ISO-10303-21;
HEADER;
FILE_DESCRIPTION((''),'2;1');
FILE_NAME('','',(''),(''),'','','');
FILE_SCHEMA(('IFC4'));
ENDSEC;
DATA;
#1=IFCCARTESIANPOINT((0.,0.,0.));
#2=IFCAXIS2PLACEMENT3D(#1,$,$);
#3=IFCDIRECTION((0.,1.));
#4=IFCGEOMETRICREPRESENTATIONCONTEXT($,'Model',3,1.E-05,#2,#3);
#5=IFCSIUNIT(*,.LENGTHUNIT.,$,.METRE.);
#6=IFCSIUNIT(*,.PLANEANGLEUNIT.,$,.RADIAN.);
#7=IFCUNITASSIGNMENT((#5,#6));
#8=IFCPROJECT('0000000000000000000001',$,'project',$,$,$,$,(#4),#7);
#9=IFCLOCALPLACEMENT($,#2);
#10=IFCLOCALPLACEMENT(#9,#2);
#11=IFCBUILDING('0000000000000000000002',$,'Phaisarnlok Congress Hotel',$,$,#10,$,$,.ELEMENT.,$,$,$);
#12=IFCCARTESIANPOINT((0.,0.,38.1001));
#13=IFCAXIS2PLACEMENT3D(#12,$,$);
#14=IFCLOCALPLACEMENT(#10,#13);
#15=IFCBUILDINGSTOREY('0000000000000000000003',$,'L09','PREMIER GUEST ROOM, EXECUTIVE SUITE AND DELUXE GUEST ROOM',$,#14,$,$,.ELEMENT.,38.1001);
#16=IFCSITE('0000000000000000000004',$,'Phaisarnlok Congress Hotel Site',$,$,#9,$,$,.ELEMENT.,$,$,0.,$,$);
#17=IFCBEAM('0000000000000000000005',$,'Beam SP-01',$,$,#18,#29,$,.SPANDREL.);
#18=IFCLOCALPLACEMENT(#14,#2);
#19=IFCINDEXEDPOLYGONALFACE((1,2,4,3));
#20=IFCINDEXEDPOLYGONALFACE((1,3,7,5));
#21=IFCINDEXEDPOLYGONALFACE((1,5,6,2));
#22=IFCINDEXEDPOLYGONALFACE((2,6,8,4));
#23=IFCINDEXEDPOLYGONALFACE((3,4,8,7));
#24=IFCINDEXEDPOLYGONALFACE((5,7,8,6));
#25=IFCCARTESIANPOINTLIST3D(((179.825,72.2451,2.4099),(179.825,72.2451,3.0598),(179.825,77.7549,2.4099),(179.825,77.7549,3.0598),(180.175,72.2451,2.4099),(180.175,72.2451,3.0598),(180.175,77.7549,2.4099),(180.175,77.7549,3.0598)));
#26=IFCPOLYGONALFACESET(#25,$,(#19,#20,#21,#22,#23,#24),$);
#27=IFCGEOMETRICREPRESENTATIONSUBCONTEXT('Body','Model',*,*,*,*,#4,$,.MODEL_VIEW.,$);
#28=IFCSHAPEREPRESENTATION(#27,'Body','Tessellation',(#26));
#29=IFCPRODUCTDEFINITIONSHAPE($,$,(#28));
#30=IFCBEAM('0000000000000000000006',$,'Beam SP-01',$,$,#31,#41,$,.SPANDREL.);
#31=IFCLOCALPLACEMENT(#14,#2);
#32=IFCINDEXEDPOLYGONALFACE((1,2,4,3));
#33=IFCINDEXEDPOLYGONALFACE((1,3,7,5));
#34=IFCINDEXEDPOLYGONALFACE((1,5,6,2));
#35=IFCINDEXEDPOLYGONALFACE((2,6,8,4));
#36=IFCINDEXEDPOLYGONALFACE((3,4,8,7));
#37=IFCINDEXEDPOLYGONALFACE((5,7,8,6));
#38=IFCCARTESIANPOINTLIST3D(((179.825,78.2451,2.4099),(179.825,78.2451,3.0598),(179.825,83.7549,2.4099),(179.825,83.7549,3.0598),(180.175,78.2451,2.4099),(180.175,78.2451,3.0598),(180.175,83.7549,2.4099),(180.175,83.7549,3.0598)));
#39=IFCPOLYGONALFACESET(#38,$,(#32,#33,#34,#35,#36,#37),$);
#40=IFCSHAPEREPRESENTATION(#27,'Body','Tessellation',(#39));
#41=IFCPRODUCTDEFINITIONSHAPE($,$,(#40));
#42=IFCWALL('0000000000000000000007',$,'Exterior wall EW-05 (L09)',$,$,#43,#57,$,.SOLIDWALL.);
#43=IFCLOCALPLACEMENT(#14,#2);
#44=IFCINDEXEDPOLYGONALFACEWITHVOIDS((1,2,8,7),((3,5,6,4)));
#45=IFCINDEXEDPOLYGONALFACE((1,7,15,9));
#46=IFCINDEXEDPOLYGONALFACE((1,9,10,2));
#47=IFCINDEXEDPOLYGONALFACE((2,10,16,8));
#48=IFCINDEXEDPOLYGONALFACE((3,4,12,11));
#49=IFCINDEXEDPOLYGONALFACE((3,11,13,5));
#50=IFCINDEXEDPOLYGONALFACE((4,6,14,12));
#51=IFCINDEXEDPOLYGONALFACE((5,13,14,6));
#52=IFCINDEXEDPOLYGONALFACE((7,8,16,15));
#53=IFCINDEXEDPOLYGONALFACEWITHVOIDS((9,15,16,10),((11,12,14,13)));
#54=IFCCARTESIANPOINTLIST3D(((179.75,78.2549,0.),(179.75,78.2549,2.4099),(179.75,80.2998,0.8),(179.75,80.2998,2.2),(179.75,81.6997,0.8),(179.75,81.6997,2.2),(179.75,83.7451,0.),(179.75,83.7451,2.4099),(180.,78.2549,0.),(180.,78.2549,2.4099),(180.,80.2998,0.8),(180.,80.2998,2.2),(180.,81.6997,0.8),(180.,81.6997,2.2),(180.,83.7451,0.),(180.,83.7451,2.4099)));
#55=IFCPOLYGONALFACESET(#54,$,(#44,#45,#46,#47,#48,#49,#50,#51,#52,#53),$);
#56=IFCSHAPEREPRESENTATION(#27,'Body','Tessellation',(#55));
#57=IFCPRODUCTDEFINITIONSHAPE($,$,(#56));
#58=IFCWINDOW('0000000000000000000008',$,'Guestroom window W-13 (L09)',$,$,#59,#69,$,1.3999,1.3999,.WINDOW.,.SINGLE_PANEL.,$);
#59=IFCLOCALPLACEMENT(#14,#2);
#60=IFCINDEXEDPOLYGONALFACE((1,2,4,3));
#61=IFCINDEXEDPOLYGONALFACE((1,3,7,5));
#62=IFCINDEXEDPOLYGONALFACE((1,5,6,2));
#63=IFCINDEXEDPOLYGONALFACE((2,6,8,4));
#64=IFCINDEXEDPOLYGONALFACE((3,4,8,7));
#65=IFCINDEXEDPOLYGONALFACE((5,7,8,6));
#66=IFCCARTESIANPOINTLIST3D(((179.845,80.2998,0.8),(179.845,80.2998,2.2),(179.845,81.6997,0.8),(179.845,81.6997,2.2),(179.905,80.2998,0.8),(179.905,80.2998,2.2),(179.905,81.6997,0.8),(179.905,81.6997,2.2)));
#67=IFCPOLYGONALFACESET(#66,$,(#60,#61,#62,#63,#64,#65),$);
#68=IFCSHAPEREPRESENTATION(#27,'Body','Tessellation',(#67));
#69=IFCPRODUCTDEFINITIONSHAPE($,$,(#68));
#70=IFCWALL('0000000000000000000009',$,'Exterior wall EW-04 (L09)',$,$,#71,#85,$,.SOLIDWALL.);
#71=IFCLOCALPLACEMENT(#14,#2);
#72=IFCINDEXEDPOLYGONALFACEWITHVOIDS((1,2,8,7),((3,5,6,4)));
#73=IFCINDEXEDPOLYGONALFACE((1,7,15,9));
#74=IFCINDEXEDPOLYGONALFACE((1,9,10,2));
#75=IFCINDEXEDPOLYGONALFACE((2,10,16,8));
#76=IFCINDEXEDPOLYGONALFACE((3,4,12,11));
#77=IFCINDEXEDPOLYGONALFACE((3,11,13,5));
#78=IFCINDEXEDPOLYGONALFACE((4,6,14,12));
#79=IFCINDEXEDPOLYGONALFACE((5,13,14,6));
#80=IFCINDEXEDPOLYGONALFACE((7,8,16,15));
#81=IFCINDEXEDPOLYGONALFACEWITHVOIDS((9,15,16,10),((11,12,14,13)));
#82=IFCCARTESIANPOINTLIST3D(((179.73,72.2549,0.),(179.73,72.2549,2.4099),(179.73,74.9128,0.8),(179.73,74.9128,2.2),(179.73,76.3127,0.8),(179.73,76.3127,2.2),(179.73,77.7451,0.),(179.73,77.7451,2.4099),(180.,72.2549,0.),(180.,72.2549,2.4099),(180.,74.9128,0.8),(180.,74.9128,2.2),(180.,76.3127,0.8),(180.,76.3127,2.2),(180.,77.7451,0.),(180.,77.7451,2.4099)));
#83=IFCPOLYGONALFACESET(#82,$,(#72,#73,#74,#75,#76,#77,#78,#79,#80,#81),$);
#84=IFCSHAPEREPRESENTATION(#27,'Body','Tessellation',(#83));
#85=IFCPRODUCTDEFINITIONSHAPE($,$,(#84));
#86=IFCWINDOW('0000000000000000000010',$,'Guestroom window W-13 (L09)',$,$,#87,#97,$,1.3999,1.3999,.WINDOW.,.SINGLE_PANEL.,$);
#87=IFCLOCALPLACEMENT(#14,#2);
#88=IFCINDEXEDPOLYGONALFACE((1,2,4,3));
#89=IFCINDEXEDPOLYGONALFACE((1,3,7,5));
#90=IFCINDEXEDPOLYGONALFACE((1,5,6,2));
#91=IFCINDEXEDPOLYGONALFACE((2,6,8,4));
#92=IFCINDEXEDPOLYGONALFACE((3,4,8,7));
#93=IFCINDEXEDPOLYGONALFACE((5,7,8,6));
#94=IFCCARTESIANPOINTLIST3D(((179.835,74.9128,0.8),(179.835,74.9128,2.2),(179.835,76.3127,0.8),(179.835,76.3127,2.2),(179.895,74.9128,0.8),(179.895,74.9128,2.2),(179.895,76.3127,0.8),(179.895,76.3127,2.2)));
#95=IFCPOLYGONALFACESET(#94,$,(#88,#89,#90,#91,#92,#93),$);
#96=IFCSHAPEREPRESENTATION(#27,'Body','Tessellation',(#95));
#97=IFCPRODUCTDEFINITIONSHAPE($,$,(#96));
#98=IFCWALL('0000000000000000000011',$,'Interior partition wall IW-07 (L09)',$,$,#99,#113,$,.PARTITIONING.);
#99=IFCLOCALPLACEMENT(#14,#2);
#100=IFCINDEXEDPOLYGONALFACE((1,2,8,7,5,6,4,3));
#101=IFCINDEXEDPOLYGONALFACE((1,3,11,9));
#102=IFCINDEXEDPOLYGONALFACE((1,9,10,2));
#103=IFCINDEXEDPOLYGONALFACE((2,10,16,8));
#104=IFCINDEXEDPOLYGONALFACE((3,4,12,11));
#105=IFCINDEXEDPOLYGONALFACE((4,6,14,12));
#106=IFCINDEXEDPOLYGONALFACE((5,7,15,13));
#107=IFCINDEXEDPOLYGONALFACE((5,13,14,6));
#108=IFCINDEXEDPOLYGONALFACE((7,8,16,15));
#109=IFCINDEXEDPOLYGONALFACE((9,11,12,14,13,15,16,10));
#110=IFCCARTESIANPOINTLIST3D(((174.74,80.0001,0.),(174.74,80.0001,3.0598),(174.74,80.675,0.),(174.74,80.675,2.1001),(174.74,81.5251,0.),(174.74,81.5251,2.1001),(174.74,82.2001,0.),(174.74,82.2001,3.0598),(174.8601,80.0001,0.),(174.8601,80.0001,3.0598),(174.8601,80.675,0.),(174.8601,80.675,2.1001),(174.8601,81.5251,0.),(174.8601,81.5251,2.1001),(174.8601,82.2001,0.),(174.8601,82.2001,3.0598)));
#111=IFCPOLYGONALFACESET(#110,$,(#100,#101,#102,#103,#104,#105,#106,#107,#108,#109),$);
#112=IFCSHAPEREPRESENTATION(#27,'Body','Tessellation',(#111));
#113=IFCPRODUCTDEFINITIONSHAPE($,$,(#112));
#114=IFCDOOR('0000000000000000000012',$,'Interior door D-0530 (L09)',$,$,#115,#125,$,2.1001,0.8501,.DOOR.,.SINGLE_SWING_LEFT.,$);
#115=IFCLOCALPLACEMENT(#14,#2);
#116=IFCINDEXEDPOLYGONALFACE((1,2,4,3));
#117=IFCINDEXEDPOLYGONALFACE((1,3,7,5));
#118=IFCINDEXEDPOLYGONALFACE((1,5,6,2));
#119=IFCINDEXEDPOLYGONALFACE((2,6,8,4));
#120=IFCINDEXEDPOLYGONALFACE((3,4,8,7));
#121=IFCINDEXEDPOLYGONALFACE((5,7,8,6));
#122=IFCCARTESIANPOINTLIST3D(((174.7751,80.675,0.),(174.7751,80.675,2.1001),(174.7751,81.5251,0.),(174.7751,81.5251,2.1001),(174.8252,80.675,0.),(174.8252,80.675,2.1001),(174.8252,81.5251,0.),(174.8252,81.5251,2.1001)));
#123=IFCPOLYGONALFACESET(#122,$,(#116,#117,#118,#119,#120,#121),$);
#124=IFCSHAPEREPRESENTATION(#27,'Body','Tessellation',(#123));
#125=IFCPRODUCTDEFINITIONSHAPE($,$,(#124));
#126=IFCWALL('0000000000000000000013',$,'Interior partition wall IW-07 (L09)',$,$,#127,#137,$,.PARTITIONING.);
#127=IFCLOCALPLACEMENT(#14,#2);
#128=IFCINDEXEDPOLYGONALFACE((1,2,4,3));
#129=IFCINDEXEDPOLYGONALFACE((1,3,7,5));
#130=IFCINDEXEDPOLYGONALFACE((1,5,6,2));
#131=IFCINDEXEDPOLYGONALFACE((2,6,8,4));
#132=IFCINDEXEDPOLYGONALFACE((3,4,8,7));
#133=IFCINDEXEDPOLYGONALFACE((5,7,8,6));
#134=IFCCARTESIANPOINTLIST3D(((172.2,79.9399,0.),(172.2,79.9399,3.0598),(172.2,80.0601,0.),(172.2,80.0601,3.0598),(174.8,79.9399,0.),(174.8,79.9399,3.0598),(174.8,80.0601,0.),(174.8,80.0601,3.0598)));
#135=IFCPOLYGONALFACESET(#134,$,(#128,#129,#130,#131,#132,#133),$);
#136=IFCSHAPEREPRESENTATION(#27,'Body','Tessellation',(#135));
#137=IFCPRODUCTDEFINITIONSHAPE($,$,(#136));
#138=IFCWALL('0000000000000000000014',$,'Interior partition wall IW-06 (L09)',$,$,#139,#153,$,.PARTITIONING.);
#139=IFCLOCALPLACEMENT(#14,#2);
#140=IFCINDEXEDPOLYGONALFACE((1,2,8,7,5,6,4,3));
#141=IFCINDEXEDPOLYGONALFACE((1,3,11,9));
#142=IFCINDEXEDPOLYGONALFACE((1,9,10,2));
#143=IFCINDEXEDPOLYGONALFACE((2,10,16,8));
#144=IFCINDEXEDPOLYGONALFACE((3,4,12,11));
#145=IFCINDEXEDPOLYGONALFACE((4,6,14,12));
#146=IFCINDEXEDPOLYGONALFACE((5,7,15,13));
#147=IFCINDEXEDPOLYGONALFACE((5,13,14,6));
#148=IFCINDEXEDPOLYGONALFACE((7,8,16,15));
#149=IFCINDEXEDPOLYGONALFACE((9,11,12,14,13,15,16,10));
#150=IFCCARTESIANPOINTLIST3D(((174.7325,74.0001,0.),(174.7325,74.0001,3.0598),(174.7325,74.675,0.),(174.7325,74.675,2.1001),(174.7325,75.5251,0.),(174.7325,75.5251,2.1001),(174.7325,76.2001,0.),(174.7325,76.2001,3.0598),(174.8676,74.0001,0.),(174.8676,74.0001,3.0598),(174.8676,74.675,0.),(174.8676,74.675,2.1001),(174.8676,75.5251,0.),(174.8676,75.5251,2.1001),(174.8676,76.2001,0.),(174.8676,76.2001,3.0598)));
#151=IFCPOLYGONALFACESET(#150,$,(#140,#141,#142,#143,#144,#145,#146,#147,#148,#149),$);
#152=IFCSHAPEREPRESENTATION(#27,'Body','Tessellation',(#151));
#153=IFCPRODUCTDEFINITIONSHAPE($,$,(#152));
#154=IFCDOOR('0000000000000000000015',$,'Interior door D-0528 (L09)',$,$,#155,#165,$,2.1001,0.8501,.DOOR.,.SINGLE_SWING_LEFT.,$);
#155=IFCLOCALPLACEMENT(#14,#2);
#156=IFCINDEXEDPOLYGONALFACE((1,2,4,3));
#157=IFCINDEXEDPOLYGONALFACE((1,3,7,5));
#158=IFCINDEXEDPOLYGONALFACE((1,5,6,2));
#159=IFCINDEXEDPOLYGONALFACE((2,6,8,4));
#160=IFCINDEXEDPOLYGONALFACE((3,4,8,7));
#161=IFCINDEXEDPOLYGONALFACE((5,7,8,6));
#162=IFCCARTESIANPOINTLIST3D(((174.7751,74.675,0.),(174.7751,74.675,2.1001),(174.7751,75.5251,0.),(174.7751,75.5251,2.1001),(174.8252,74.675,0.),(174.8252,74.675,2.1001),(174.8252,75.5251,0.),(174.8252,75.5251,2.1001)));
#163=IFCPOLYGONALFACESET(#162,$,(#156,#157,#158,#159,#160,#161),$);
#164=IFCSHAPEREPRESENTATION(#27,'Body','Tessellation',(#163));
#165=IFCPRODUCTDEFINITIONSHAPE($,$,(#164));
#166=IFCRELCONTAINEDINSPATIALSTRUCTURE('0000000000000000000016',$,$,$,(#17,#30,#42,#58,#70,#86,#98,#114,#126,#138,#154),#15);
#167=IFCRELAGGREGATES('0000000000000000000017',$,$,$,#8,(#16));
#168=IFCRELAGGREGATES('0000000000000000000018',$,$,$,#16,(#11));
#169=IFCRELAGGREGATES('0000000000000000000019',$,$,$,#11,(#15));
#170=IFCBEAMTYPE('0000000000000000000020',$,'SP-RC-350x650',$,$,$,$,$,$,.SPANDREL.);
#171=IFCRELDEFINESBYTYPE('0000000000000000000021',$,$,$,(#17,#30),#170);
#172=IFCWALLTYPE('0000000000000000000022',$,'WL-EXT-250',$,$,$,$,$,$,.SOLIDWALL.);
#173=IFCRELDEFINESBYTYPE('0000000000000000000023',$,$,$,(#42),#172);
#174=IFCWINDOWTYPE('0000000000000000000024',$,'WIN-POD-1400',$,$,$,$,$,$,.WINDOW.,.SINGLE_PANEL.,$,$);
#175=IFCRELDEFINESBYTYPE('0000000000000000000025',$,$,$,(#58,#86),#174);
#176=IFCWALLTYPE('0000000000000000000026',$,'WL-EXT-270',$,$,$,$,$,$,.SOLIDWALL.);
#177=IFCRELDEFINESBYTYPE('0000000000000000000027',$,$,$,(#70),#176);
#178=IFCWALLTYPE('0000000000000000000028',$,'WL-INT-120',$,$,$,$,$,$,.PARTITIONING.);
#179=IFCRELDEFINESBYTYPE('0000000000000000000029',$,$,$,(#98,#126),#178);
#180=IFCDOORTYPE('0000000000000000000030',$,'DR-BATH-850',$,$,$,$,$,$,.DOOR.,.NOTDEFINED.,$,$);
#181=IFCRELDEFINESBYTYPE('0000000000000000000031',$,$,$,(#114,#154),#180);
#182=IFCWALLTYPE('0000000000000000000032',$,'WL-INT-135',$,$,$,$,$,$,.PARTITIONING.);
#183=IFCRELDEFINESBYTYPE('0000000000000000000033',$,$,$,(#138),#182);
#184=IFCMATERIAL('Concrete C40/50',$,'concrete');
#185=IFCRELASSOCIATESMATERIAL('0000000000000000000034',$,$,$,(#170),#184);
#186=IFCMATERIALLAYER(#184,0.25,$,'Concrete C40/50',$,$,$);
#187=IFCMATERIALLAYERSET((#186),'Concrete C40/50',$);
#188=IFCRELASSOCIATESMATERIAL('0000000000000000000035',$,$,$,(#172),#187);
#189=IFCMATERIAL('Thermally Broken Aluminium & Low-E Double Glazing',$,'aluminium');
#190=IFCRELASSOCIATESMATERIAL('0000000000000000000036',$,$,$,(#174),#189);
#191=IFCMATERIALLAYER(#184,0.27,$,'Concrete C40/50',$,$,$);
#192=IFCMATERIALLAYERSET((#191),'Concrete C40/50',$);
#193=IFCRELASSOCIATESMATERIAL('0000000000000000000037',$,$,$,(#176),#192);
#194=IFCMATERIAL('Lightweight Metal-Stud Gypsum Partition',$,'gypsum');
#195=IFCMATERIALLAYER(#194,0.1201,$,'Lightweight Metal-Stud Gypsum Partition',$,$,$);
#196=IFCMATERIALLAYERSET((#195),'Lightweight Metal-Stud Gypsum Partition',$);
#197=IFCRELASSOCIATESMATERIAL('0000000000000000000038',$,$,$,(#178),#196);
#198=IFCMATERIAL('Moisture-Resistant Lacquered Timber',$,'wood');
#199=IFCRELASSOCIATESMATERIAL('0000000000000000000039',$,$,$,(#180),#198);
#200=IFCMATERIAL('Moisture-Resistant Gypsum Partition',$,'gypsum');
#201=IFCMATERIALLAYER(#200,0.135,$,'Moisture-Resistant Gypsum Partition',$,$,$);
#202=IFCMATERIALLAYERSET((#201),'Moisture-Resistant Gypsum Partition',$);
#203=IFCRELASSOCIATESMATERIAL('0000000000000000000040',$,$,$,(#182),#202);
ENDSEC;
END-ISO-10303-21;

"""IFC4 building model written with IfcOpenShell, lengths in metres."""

from ifc_helpers import new_model, si_unit, direction, frame, frame_2d, origin, origin_2d, place, context, subcontext, project, spatial, rectangle, extrude, material, layer, layer_set, material_profile, profile_set, type_object, element, fill, save


model = new_model("IFC4")

# Units and contexts
model_context = context("Model", 3, precision=1e-05, world=origin(), true_north=direction((0.0, 1.0)))
body_context = subcontext(model_context, "Body", "Model", "MODEL_VIEW")
ifc_project = project(units=[si_unit("LENGTHUNIT", "METRE"), si_unit("PLANEANGLEUNIT", "RADIAN")], contexts=[model_context])

# Site, building, storey
site_placement = place(None, origin())
site = spatial("IfcSite", under=ifc_project, at=site_placement, Name="Phaisarnlok Congress Hotel Site", CompositionType="ELEMENT", RefElevation=0.0)
building_placement = place(site_placement, origin())
building = spatial("IfcBuilding", under=site, at=building_placement, Name="Phaisarnlok Congress Hotel", CompositionType="ELEMENT")
storey_placement = place(building_placement, frame((0.0, 0.0, 38.1001)))
storey = spatial("IfcBuildingStorey", under=building, at=storey_placement, Name="L09", Description="PREMIER GUEST ROOM, EXECUTIVE SUITE AND DELUXE GUEST ROOM", CompositionType="ELEMENT", Elevation=38.1001)

# Beams
ifc_material_1 = material(Name="Concrete C40/50", Category="concrete")
ifc_material_profile_1 = material_profile(ifc_material_1, rectangle(XDim=0.3501, YDim=0.6499, at=origin_2d()), Name="RC 350x650")
ifc_profile_set_1 = profile_set([ifc_material_profile_1], Name="Concrete C40/50")
beam_type_1 = type_object("IfcBeamType", Name="SP-RC-350x650", PredefinedType="SPANDREL", material=ifc_profile_set_1)
for number, where, z_axis, x_axis, name in (
    (1, (180.0, 72.2451, 2.7349), (0.0, 1.0, 0.0), (-1.0, 0.0, 0.0), "Beam SP-01"),
    (2, (180.0, 78.2451, 2.7349), (0.0, 1.0, 0.0), (-1.0, 0.0, 0.0), "Beam SP-01"),
):
    element("IfcBeam", number, at=place(storey_placement, frame(where, z_axis=z_axis, x_axis=x_axis)), inside=storey, type_object=beam_type_1, Name=name, PredefinedType="SPANDREL", context=body_context, shape_type="SweptSolid", body=[
        extrude(rectangle(XDim=0.3501, YDim=0.6499, at=origin_2d()), origin(), (0.0, 0.0, 1.0), 5.5098),
    ])

# Walls, openings, windows
ifc_layer_1 = layer(ifc_material_1, 0.25, Name="Concrete C40/50")
ifc_layer_set_1 = layer_set([ifc_layer_1], Name="Concrete C40/50")
wall_type_1 = type_object("IfcWallType", Name="WL-EXT-250", PredefinedType="SOLIDWALL", material=ifc_layer_set_1)
wall_1_placement = place(storey_placement, frame((179.875, 78.2549, 0.0), z_axis=(0.0, 0.0, 1.0), x_axis=(0.0, 1.0, 0.0)))
wall_1 = element("IfcWall", 3, at=wall_1_placement, inside=storey, type_object=wall_type_1, Name="Exterior wall EW-05 (L09)", PredefinedType="SOLIDWALL", context=body_context, shape_type="SweptSolid", body=[
    extrude(rectangle(XDim=5.4902, YDim=0.25, at=frame_2d((2.7451, 0.0))), origin(), (0.0, 0.0, 1.0), 2.4099),
])
opening_1_placement = place(wall_1_placement, frame((2.0449, 0.0, 0.8)))
opening_1 = element("IfcOpeningElement", 4, at=opening_1_placement, cuts=wall_1, PredefinedType="OPENING", context=body_context, shape_type="SweptSolid", body=[
    extrude(rectangle(XDim=1.3999, YDim=1.3999, at=frame_2d((0.7, 0.7))), frame((0.0, 0.135, 0.0), z_axis=(0.0, -1.0, 0.0), x_axis=(1.0, 0.0, 0.0)), (0.0, 0.0, 1.0), 0.27),
])
ifc_material_2 = material(Name="Thermally Broken Aluminium & Low-E Double Glazing", Category="aluminium")
window_type = type_object("IfcWindowType", Name="WIN-POD-1400", PartitioningType="SINGLE_PANEL", PredefinedType="WINDOW", material=ifc_material_2)
window_1_placement = place(opening_1_placement, origin())
window_1 = element("IfcWindow", 5, at=window_1_placement, inside=storey, type_object=window_type, Name="Guestroom window W-13 (L09)", OverallHeight=1.3999, OverallWidth=1.3999, PartitioningType="SINGLE_PANEL", PredefinedType="WINDOW", context=body_context, shape_type="SweptSolid", body=[
    extrude(rectangle(XDim=1.3999, YDim=1.3999, at=frame_2d((0.7, 0.7))), frame((0.0, 0.03, 0.0), z_axis=(0.0, -1.0, 0.0), x_axis=(1.0, 0.0, 0.0)), (0.0, 0.0, 1.0), 0.0601),
])
fill(opening_1, window_1)
ifc_layer_2 = layer(ifc_material_1, 0.27, Name="Concrete C40/50")
ifc_layer_set_2 = layer_set([ifc_layer_2], Name="Concrete C40/50")
wall_type_2 = type_object("IfcWallType", Name="WL-EXT-270", PredefinedType="SOLIDWALL", material=ifc_layer_set_2)
wall_2_placement = place(storey_placement, frame((179.865, 72.2549, 0.0), z_axis=(0.0, 0.0, 1.0), x_axis=(0.0, 1.0, 0.0)))
wall_2 = element("IfcWall", 6, at=wall_2_placement, inside=storey, type_object=wall_type_2, Name="Exterior wall EW-04 (L09)", PredefinedType="SOLIDWALL", context=body_context, shape_type="SweptSolid", body=[
    extrude(rectangle(XDim=5.4902, YDim=0.27, at=frame_2d((2.7451, 0.0))), origin(), (0.0, 0.0, 1.0), 2.4099),
])
opening_2_placement = place(wall_2_placement, frame((2.658, 0.0, 0.8)))
opening_2 = element("IfcOpeningElement", 7, at=opening_2_placement, cuts=wall_2, PredefinedType="OPENING", context=body_context, shape_type="SweptSolid", body=[
    extrude(rectangle(XDim=1.3999, YDim=1.3999, at=frame_2d((0.7, 0.7))), frame((0.0, 0.145, 0.0), z_axis=(0.0, -1.0, 0.0), x_axis=(1.0, 0.0, 0.0)), (0.0, 0.0, 1.0), 0.29),
])
window_2_placement = place(opening_2_placement, origin())
window_2 = element("IfcWindow", 8, at=window_2_placement, inside=storey, type_object=window_type, Name="Guestroom window W-13 (L09)", OverallHeight=1.3999, OverallWidth=1.3999, PartitioningType="SINGLE_PANEL", PredefinedType="WINDOW", context=body_context, shape_type="SweptSolid", body=[
    extrude(rectangle(XDim=1.3999, YDim=1.3999, at=frame_2d((0.7, 0.7))), frame((0.0, 0.03, 0.0), z_axis=(0.0, -1.0, 0.0), x_axis=(1.0, 0.0, 0.0)), (0.0, 0.0, 1.0), 0.0601),
])
fill(opening_2, window_2)

# Wall, opening, door
ifc_material_3 = material(Name="Lightweight Metal-Stud Gypsum Partition", Category="gypsum")
ifc_layer_3 = layer(ifc_material_3, 0.1201, Name="Lightweight Metal-Stud Gypsum Partition")
ifc_layer_set_3 = layer_set([ifc_layer_3], Name="Lightweight Metal-Stud Gypsum Partition")
wall_type_3 = type_object("IfcWallType", Name="WL-INT-120", PredefinedType="PARTITIONING", material=ifc_layer_set_3)
wall_3_placement = place(storey_placement, frame((174.8, 80.0, 0.0), z_axis=(0.0, 0.0, 1.0), x_axis=(0.0, 1.0, 0.0)))
wall_3 = element("IfcWall", 9, at=wall_3_placement, inside=storey, type_object=wall_type_3, Name="Interior partition wall IW-07 (L09)", PredefinedType="PARTITIONING", context=body_context, shape_type="SweptSolid", body=[
    extrude(rectangle(XDim=2.2, YDim=0.1201, at=frame_2d((1.1001, 0.0))), origin(), (0.0, 0.0, 1.0), 3.0598),
])
opening_3_placement = place(wall_3_placement, frame((0.675, 0.0, 0.0)))
opening_3 = element("IfcOpeningElement", 10, at=opening_3_placement, cuts=wall_3, PredefinedType="OPENING", context=body_context, shape_type="SweptSolid", body=[
    extrude(rectangle(XDim=0.8501, YDim=2.1001, at=frame_2d((0.425, 1.05))), frame((0.0, 0.0701, 0.0), z_axis=(0.0, -1.0, 0.0), x_axis=(1.0, 0.0, 0.0)), (0.0, 0.0, 1.0), 0.1401),
])
ifc_material_4 = material(Name="Moisture-Resistant Lacquered Timber", Category="wood")
door_type = type_object("IfcDoorType", Name="DR-BATH-850", OperationType="NOTDEFINED", PredefinedType="DOOR", material=ifc_material_4)
door_1_placement = place(opening_3_placement, origin())
door_1 = element("IfcDoor", 11, at=door_1_placement, inside=storey, type_object=door_type, Name="Interior door D-0530 (L09)", OperationType="SINGLE_SWING_LEFT", OverallHeight=2.1001, OverallWidth=0.8501, PredefinedType="DOOR", context=body_context, shape_type="SweptSolid", body=[
    extrude(rectangle(XDim=0.8501, YDim=2.1001, at=frame_2d((0.425, 1.05))), frame((0.0, 0.0249, 0.0), z_axis=(0.0, -1.0, 0.0), x_axis=(1.0, 0.0, 0.0)), (0.0, 0.0, 1.0), 0.05),
])
fill(opening_3, door_1)

# Wall
wall_4_placement = place(storey_placement, frame((172.2, 80.0, 0.0), z_axis=(0.0, 0.0, 1.0), x_axis=(1.0, 0.0, 0.0)))
element("IfcWall", 12, at=wall_4_placement, inside=storey, type_object=wall_type_3, Name="Interior partition wall IW-07 (L09)", PredefinedType="PARTITIONING", context=body_context, shape_type="SweptSolid", body=[
    extrude(rectangle(XDim=2.6001, YDim=0.1201, at=frame_2d((1.3, 0.0))), origin(), (0.0, 0.0, 1.0), 3.0598),
])

# Wall, opening, door
ifc_material_5 = material(Name="Moisture-Resistant Gypsum Partition", Category="gypsum")
ifc_layer_4 = layer(ifc_material_5, 0.135, Name="Moisture-Resistant Gypsum Partition")
ifc_layer_set_4 = layer_set([ifc_layer_4], Name="Moisture-Resistant Gypsum Partition")
wall_type_4 = type_object("IfcWallType", Name="WL-INT-135", PredefinedType="PARTITIONING", material=ifc_layer_set_4)
wall_5_placement = place(storey_placement, frame((174.8, 74.0, 0.0), z_axis=(0.0, 0.0, 1.0), x_axis=(0.0, 1.0, 0.0)))
wall_5 = element("IfcWall", 13, at=wall_5_placement, inside=storey, type_object=wall_type_4, Name="Interior partition wall IW-06 (L09)", PredefinedType="PARTITIONING", context=body_context, shape_type="SweptSolid", body=[
    extrude(rectangle(XDim=2.2, YDim=0.135, at=frame_2d((1.1001, 0.0))), origin(), (0.0, 0.0, 1.0), 3.0598),
])
opening_4_placement = place(wall_5_placement, frame((0.675, 0.0, 0.0)))
opening_4 = element("IfcOpeningElement", 14, at=opening_4_placement, cuts=wall_5, PredefinedType="OPENING", context=body_context, shape_type="SweptSolid", body=[
    extrude(rectangle(XDim=0.8501, YDim=2.1001, at=frame_2d((0.425, 1.05))), frame((0.0, 0.0776, 0.0), z_axis=(0.0, -1.0, 0.0), x_axis=(1.0, 0.0, 0.0)), (0.0, 0.0, 1.0), 0.155),
])
door_2_placement = place(opening_4_placement, origin())
door_2 = element("IfcDoor", 15, at=door_2_placement, inside=storey, type_object=door_type, Name="Interior door D-0528 (L09)", OperationType="SINGLE_SWING_LEFT", OverallHeight=2.1001, OverallWidth=0.8501, PredefinedType="DOOR", context=body_context, shape_type="SweptSolid", body=[
    extrude(rectangle(XDim=0.8501, YDim=2.1001, at=frame_2d((0.425, 1.05))), frame((0.0, 0.0249, 0.0), z_axis=(0.0, -1.0, 0.0), x_axis=(1.0, 0.0, 0.0)), (0.0, 0.0, 1.0), 0.05),
])
fill(opening_4, door_2)

save(model, "model.ifc")
